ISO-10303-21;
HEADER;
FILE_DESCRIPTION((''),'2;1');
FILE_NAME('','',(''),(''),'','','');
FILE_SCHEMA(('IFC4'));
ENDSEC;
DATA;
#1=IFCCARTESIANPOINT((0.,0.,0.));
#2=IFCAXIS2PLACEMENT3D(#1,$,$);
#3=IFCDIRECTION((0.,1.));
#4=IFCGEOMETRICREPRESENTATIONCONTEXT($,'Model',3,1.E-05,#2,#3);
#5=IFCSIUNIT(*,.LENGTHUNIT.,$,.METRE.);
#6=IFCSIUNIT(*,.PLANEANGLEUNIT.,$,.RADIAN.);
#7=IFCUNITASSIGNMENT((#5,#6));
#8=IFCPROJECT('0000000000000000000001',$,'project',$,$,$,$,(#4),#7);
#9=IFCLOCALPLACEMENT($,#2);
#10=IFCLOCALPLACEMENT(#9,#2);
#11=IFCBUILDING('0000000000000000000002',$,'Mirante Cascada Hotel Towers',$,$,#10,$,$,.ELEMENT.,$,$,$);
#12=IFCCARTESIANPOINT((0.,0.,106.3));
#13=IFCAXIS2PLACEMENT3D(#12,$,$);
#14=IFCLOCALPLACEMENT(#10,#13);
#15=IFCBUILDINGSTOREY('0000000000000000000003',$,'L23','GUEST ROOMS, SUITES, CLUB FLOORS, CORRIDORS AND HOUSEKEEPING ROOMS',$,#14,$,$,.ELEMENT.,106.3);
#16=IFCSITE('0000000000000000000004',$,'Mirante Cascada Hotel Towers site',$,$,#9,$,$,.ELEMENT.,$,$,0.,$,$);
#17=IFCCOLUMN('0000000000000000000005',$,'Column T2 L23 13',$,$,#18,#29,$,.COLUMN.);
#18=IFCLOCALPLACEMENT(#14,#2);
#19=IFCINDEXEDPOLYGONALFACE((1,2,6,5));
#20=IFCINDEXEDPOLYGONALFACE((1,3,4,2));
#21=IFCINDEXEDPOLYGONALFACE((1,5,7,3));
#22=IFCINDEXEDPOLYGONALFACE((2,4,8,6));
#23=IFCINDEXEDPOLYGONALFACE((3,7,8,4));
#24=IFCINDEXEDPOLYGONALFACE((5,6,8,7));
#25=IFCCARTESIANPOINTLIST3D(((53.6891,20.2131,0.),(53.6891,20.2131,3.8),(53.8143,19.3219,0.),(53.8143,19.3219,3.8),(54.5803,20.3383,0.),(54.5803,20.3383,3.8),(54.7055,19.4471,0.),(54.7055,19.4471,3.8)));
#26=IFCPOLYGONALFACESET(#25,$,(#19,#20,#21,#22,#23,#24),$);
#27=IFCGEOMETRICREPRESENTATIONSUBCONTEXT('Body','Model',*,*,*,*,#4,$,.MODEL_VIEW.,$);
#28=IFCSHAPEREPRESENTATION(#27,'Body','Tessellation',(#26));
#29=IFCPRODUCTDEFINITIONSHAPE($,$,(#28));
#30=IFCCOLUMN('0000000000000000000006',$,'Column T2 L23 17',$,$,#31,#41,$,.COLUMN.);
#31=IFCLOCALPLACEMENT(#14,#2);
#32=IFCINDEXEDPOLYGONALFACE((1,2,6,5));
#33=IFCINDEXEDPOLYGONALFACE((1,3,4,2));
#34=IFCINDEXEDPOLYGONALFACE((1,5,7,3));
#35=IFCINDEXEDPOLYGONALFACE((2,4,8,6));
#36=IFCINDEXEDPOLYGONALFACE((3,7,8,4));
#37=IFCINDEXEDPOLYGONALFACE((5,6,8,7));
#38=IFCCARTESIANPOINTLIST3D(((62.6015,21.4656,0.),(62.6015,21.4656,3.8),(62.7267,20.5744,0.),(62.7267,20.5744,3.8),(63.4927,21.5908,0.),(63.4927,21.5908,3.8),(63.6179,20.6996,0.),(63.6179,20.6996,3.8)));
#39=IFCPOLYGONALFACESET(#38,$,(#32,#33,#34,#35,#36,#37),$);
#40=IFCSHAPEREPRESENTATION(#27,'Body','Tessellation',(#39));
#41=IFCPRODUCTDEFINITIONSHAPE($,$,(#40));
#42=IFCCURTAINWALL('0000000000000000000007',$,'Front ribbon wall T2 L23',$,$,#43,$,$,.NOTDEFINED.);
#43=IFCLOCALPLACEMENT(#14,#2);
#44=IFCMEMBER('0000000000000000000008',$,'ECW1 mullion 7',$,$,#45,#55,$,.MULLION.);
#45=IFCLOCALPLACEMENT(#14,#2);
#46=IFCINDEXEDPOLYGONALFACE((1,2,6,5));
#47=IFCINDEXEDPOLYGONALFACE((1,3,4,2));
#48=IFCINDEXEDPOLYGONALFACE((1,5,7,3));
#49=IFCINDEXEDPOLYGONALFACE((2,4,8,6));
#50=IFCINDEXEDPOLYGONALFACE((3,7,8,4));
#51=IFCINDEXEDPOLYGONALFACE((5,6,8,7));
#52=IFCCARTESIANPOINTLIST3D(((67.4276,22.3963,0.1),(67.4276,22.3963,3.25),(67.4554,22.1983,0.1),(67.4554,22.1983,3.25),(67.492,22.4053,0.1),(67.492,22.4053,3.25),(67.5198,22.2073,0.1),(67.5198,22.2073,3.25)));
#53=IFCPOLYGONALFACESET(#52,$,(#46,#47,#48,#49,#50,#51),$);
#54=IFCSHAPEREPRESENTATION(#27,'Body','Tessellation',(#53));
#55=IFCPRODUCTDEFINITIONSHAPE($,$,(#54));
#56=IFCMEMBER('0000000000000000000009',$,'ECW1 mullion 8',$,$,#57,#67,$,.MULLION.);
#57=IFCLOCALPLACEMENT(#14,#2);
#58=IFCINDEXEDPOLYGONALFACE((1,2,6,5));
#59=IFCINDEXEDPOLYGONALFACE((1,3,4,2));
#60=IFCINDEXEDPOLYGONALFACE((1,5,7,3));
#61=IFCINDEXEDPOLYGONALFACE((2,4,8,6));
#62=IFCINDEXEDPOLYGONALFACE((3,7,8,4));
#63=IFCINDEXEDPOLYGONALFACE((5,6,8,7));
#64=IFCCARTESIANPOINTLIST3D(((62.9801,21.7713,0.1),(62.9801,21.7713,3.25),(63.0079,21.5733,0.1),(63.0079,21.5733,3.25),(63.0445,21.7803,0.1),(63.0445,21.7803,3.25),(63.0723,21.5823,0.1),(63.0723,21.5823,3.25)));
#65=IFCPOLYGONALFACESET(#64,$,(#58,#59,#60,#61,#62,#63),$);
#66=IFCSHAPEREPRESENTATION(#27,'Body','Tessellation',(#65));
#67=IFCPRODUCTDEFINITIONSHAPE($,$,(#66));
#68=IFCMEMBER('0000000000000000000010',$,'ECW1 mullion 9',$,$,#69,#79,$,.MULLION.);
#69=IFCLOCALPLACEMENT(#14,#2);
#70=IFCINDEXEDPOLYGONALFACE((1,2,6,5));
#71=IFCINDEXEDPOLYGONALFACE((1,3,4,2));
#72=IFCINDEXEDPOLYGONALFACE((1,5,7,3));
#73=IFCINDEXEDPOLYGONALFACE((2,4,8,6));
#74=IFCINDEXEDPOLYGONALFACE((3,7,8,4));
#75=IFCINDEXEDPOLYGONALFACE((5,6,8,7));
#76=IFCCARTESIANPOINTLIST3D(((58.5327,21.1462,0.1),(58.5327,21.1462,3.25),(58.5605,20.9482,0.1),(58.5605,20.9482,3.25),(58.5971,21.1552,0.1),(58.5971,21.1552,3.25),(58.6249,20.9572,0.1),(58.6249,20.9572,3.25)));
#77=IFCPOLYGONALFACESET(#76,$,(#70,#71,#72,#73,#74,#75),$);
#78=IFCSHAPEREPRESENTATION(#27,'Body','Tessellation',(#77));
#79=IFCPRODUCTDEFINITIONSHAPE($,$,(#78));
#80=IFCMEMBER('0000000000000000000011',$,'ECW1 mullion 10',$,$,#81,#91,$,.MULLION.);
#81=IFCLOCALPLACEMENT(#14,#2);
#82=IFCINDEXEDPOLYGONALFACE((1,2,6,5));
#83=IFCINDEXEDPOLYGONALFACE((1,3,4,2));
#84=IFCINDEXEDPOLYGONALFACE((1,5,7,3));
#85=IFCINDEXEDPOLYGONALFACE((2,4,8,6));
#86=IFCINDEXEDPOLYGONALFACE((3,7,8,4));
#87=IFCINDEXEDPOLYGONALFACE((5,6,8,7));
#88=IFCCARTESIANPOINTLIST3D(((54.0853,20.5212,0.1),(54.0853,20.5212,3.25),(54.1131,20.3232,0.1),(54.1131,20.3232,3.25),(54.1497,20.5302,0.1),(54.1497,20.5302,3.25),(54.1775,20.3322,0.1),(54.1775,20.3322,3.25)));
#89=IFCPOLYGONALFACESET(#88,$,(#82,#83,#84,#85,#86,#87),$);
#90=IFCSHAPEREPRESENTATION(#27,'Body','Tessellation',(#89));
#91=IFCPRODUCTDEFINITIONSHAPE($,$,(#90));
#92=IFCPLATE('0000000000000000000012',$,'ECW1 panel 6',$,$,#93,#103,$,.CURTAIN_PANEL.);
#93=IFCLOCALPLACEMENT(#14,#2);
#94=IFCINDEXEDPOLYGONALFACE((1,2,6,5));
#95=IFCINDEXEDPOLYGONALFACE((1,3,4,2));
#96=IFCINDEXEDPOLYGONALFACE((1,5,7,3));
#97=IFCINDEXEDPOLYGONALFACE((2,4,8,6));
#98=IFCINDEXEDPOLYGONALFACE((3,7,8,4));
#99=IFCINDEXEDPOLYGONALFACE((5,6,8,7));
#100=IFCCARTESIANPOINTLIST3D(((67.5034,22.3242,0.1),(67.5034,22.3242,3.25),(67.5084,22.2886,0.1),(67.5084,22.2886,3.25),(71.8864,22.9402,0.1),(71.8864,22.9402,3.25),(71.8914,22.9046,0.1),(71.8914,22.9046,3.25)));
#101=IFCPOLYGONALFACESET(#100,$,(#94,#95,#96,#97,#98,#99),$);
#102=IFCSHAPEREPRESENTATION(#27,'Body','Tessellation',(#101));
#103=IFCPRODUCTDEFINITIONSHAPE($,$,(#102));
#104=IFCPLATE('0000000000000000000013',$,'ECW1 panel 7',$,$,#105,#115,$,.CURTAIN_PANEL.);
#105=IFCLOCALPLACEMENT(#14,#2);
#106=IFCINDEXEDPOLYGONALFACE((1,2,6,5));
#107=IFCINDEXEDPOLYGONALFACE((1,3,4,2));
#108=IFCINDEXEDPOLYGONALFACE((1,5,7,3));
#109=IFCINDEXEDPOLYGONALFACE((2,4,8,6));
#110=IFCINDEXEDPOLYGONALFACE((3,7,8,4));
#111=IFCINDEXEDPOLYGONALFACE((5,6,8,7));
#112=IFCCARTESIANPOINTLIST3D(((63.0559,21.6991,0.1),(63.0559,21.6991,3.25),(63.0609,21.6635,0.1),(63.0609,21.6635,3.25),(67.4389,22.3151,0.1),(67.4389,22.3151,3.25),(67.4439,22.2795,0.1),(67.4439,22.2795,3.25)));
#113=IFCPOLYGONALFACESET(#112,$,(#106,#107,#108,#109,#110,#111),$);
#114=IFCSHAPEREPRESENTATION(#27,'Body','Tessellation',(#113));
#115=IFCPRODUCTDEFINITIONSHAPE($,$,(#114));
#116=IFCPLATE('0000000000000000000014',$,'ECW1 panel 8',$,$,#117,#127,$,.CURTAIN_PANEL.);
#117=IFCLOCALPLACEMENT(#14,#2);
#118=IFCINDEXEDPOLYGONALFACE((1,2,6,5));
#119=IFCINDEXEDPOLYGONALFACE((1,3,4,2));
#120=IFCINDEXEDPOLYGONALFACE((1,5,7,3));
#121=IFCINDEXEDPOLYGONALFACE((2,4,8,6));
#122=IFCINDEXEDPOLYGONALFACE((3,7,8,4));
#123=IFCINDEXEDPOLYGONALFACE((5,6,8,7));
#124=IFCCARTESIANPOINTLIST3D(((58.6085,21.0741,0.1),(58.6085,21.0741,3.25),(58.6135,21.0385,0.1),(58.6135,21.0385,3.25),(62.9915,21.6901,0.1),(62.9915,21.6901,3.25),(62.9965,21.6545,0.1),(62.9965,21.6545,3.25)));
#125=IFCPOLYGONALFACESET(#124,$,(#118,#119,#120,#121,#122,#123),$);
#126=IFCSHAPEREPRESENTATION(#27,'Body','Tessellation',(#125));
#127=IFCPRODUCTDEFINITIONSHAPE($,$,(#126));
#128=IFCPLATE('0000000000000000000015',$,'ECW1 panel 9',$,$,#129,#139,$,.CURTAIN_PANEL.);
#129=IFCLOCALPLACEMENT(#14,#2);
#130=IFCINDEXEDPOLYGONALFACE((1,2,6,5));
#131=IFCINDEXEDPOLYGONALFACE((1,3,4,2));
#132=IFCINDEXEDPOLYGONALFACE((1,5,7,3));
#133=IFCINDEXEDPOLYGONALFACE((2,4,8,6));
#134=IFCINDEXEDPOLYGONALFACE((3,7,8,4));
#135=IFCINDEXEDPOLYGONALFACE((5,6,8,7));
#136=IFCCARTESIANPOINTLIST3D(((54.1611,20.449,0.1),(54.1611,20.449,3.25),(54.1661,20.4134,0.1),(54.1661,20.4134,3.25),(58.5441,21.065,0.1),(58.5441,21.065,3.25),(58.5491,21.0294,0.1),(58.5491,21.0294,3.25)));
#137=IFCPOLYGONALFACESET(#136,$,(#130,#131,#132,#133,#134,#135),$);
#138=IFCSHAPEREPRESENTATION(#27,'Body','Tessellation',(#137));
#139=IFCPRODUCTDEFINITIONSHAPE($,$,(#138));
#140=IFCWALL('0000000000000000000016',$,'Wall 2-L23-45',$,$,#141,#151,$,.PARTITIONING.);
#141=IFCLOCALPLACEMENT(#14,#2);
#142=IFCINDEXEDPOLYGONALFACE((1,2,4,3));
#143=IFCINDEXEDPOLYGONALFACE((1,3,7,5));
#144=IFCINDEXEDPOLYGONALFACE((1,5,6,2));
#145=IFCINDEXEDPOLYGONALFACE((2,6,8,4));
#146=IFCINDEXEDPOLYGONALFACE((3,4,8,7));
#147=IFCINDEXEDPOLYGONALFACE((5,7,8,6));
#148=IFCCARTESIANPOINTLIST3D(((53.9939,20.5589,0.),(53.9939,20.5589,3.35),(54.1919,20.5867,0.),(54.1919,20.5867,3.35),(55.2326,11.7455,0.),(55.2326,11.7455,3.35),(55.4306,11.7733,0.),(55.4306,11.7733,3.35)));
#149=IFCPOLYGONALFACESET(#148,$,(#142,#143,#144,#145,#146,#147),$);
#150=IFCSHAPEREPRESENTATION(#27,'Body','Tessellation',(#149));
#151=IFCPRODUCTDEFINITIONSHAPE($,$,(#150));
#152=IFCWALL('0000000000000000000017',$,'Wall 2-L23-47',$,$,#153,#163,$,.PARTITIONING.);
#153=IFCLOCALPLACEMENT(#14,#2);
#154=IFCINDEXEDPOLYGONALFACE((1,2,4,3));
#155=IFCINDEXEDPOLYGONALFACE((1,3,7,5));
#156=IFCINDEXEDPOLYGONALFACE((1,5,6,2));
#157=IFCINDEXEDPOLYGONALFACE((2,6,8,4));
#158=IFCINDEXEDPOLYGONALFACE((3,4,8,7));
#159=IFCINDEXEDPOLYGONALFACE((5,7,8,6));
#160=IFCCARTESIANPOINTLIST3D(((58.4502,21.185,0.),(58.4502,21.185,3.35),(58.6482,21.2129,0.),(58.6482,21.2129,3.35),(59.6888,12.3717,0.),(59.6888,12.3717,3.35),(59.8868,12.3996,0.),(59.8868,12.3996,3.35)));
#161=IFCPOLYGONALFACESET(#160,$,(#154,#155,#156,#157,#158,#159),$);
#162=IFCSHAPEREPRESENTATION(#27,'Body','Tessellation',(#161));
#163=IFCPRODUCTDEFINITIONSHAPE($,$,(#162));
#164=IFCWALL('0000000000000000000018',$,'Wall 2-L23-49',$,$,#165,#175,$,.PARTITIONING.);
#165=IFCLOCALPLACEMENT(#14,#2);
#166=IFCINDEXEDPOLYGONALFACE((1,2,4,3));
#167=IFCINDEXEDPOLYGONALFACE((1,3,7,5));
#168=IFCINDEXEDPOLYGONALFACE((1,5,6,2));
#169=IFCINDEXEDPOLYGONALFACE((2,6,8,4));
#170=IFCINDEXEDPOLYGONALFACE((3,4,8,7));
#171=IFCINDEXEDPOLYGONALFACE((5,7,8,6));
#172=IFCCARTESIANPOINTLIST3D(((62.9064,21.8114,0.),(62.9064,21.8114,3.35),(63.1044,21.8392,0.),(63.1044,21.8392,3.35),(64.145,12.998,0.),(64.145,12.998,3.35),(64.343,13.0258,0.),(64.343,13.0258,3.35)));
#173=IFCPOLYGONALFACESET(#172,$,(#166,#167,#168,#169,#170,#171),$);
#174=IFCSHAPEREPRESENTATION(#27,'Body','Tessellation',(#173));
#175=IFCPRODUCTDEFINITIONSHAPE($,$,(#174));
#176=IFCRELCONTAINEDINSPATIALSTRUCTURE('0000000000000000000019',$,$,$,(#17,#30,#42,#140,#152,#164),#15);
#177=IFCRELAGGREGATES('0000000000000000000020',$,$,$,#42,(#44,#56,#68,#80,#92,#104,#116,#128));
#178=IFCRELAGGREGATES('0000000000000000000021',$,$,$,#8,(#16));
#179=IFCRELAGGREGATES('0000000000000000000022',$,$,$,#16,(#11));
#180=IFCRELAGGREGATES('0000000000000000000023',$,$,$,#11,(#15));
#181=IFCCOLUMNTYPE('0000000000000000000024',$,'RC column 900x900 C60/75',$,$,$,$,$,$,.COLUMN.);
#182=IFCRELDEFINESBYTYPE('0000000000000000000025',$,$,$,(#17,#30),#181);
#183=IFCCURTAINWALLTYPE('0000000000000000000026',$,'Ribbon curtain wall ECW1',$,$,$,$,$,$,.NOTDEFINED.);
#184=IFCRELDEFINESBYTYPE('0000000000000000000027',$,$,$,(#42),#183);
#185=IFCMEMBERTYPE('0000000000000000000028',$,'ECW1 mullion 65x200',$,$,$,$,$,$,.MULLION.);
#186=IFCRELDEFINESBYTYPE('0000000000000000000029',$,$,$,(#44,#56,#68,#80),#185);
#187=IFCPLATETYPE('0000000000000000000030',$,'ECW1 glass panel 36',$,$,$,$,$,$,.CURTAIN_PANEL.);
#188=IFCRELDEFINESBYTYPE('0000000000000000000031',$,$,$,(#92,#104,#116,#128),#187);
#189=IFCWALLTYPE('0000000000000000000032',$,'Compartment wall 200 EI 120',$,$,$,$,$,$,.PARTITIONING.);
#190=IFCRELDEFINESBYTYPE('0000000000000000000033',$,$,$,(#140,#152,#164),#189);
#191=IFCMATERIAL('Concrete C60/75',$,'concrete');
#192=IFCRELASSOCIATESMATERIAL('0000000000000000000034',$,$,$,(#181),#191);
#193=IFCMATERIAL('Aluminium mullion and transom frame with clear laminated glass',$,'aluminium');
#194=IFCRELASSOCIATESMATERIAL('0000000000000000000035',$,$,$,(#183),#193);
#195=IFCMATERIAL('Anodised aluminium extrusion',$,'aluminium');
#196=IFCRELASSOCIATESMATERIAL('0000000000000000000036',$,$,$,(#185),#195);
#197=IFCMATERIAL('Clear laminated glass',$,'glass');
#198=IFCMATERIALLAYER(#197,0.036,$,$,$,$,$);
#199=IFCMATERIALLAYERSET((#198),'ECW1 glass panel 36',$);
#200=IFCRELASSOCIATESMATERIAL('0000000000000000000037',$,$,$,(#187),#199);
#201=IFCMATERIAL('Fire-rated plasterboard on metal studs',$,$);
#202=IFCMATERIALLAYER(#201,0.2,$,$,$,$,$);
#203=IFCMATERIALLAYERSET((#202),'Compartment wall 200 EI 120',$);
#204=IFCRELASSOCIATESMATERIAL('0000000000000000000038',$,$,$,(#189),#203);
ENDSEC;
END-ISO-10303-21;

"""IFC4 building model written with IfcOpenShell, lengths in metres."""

from ifc_helpers import new_model, si_unit, direction, frame, frame_2d, origin, origin_2d, place, context, subcontext, project, spatial, rectangle, extrude, material, layer, layer_set, material_profile, profile_set, type_object, element, aggregate, save


model = new_model("IFC4")

# Units and contexts
model_context = context("Model", 3, precision=1e-05, world=origin(), true_north=direction((0.0, 1.0)))
body_context = subcontext(model_context, "Body", "Model", "MODEL_VIEW")
ifc_project = project(units=[si_unit("LENGTHUNIT", "METRE"), si_unit("PLANEANGLEUNIT", "RADIAN")], contexts=[model_context])

# Site, building, storey
site_placement = place(None, origin())
site = spatial("IfcSite", under=ifc_project, at=site_placement, Name="Mirante Cascada Hotel Towers site", CompositionType="ELEMENT", RefElevation=0.0)
building_placement = place(site_placement, origin())
building = spatial("IfcBuilding", under=site, at=building_placement, Name="Mirante Cascada Hotel Towers", CompositionType="ELEMENT")
storey_placement = place(building_placement, frame((0.0, 0.0, 106.3)))
storey = spatial("IfcBuildingStorey", under=building, at=storey_placement, Name="L23", Description="GUEST ROOMS, SUITES, CLUB FLOORS, CORRIDORS AND HOUSEKEEPING ROOMS", CompositionType="ELEMENT", Elevation=106.3)

# Columns
ifc_material_1 = material(Name="Concrete C60/75", Category="concrete")
ifc_material_profile_1 = material_profile(ifc_material_1, rectangle(XDim=0.9, YDim=0.9, at=origin_2d()), Name="RC column 900x900 C60/75")
ifc_profile_set_1 = profile_set([ifc_material_profile_1], Name="Concrete C60/75")
column_type = type_object("IfcColumnType", Name="RC column 900x900 C60/75", PredefinedType="COLUMN", material=ifc_profile_set_1)
for number, where, z_axis, x_axis, name in (
    (1, (54.1973, 19.8301, 0.0), (0.0, 0.0, 1.0), (0.990268, 0.139173, 0.0), "Column T2 L23 13"),
    (2, (63.1097, 21.0826, 0.0), (0.0, 0.0, 1.0), (0.990268, 0.139173, 0.0), "Column T2 L23 17"),
):
    element("IfcColumn", number, at=place(storey_placement, frame(where, z_axis=z_axis, x_axis=x_axis)), inside=storey, type_object=column_type, Name=name, PredefinedType="COLUMN", context=body_context, shape_type="SweptSolid", body=[
        extrude(rectangle(XDim=0.9, YDim=0.9, at=origin_2d()), origin(), (0.0, 0.0, 1.0), 3.8),
    ])

# Curtain wall, members, plates
ifc_material_2 = material(Name="Aluminium mullion and transom frame with clear laminated glass", Category="aluminium")
curtain_wall_type = type_object("IfcCurtainWallType", Name="Ribbon curtain wall ECW1", PredefinedType="NOTDEFINED", material=ifc_material_2)
curtain_wall_placement = place(storey_placement, origin())
curtain_wall = element("IfcCurtainWall", 3, at=curtain_wall_placement, inside=storey, type_object=curtain_wall_type, Name="Front ribbon wall T2 L23", PredefinedType="NOTDEFINED")
ifc_material_3 = material(Name="Anodised aluminium extrusion", Category="aluminium")
ifc_material_profile_2 = material_profile(ifc_material_3, rectangle(XDim=0.2, YDim=0.065, at=origin_2d()), Name="ECW1 MULLION 65x200")
ifc_profile_set_2 = profile_set([ifc_material_profile_2], Name="Anodised aluminium extrusion")
member_type = type_object("IfcMemberType", Name="ECW1 mullion 65x200", PredefinedType="MULLION", material=ifc_profile_set_2)
member_1_placement = place(storey_placement, frame((67.4737, 22.3018, 0.1), z_axis=(0.0, 0.0, 1.0), x_axis=(0.139173, -0.990268, 0.0)))
member_1 = element("IfcMember", 4, at=member_1_placement, type_object=member_type, Name="ECW1 mullion 7", PredefinedType="MULLION", context=body_context, shape_type="SweptSolid", body=[
    extrude(rectangle(XDim=0.2, YDim=0.065, at=origin_2d()), origin(), (0.0, 0.0, 1.0), 3.15),
])
member_2_placement = place(storey_placement, frame((63.0262, 21.6768, 0.1), z_axis=(0.0, 0.0, 1.0), x_axis=(0.139173, -0.990268, 0.0)))
member_2 = element("IfcMember", 5, at=member_2_placement, type_object=member_type, Name="ECW1 mullion 8", PredefinedType="MULLION", context=body_context, shape_type="SweptSolid", body=[
    extrude(rectangle(XDim=0.2, YDim=0.065, at=origin_2d()), origin(), (0.0, 0.0, 1.0), 3.15),
])
member_3_placement = place(storey_placement, frame((58.5788, 21.0517, 0.1), z_axis=(0.0, 0.0, 1.0), x_axis=(0.139173, -0.990268, 0.0)))
member_3 = element("IfcMember", 6, at=member_3_placement, type_object=member_type, Name="ECW1 mullion 9", PredefinedType="MULLION", context=body_context, shape_type="SweptSolid", body=[
    extrude(rectangle(XDim=0.2, YDim=0.065, at=origin_2d()), origin(), (0.0, 0.0, 1.0), 3.15),
])
member_4_placement = place(storey_placement, frame((54.1314, 20.4267, 0.1), z_axis=(0.0, 0.0, 1.0), x_axis=(0.139173, -0.990268, 0.0)))
member_4 = element("IfcMember", 7, at=member_4_placement, type_object=member_type, Name="ECW1 mullion 10", PredefinedType="MULLION", context=body_context, shape_type="SweptSolid", body=[
    extrude(rectangle(XDim=0.2, YDim=0.065, at=origin_2d()), origin(), (0.0, 0.0, 1.0), 3.15),
])
ifc_material_4 = material(Name="Clear laminated glass", Category="glass")
ifc_layer_1 = layer(ifc_material_4, 0.036)
ifc_layer_set_1 = layer_set([ifc_layer_1], Name="ECW1 glass panel 36")
plate_type = type_object("IfcPlateType", Name="ECW1 glass panel 36", PredefinedType="CURTAIN_PANEL", material=ifc_layer_set_1)
plate_1_placement = place(storey_placement, frame((69.6974, 22.6144, 0.1), z_axis=(0.0, 0.0, 1.0), x_axis=(-0.990268, -0.139173, 0.0)))
plate_1 = element("IfcPlate", 8, at=plate_1_placement, type_object=plate_type, Name="ECW1 panel 6", PredefinedType="CURTAIN_PANEL", context=body_context, shape_type="SweptSolid", body=[
    extrude(rectangle(XDim=4.4261, YDim=0.036, at=origin_2d()), origin(), (0.0, 0.0, 1.0), 3.15),
])
plate_2_placement = place(storey_placement, frame((65.2499, 21.9893, 0.1), z_axis=(0.0, 0.0, 1.0), x_axis=(-0.990268, -0.139173, 0.0)))
plate_2 = element("IfcPlate", 9, at=plate_2_placement, type_object=plate_type, Name="ECW1 panel 7", PredefinedType="CURTAIN_PANEL", context=body_context, shape_type="SweptSolid", body=[
    extrude(rectangle(XDim=4.4261, YDim=0.036, at=origin_2d()), origin(), (0.0, 0.0, 1.0), 3.15),
])
plate_3_placement = place(storey_placement, frame((60.8025, 21.3643, 0.1), z_axis=(0.0, 0.0, 1.0), x_axis=(-0.990268, -0.139173, 0.0)))
plate_3 = element("IfcPlate", 10, at=plate_3_placement, type_object=plate_type, Name="ECW1 panel 8", PredefinedType="CURTAIN_PANEL", context=body_context, shape_type="SweptSolid", body=[
    extrude(rectangle(XDim=4.4261, YDim=0.036, at=origin_2d()), origin(), (0.0, 0.0, 1.0), 3.15),
])
plate_4_placement = place(storey_placement, frame((56.3551, 20.7392, 0.1), z_axis=(0.0, 0.0, 1.0), x_axis=(-0.990268, -0.139173, 0.0)))
plate_4 = element("IfcPlate", 11, at=plate_4_placement, type_object=plate_type, Name="ECW1 panel 9", PredefinedType="CURTAIN_PANEL", context=body_context, shape_type="SweptSolid", body=[
    extrude(rectangle(XDim=4.4261, YDim=0.036, at=origin_2d()), origin(), (0.0, 0.0, 1.0), 3.15),
])
aggregate(curtain_wall, [member_1, member_2, member_3, member_4, plate_1, plate_2, plate_3, plate_4])

# Walls
ifc_material_5 = material(Name="Fire-rated plasterboard on metal studs")
ifc_layer_2 = layer(ifc_material_5, 0.2)
ifc_layer_set_2 = layer_set([ifc_layer_2], Name="Compartment wall 200 EI 120")
wall_type_1 = type_object("IfcWallType", Name="Compartment wall 200 EI 120", PredefinedType="PARTITIONING", material=ifc_layer_set_2)
wall_1_placement = place(storey_placement, frame((54.0929, 20.5728, 0.0), z_axis=(0.0, 0.0, 1.0), x_axis=(0.139179, -0.990267, 0.0)))
element("IfcWall", 12, at=wall_1_placement, inside=storey, type_object=wall_type_1, Name="Wall 2-L23-45", PredefinedType="PARTITIONING", context=body_context, shape_type="SweptSolid", body=[
    extrude(rectangle(XDim=8.9, YDim=0.2, at=frame_2d((4.45, 0.0))), origin(), (0.0, 0.0, 1.0), 3.35),
])
wall_2_placement = place(storey_placement, frame((58.5492, 21.199, 0.0), z_axis=(0.0, 0.0, 1.0), x_axis=(0.13917, -0.990268, 0.0)))
element("IfcWall", 13, at=wall_2_placement, inside=storey, type_object=wall_type_1, Name="Wall 2-L23-47", PredefinedType="PARTITIONING", context=body_context, shape_type="SweptSolid", body=[
    extrude(rectangle(XDim=8.8999, YDim=0.2, at=frame_2d((4.45, 0.0))), origin(), (0.0, 0.0, 1.0), 3.35),
])
wall_3_placement = place(storey_placement, frame((63.0054, 21.8253, 0.0), z_axis=(0.0, 0.0, 1.0), x_axis=(0.139168, -0.990269, 0.0)))
element("IfcWall", 14, at=wall_3_placement, inside=storey, type_object=wall_type_1, Name="Wall 2-L23-49", PredefinedType="PARTITIONING", context=body_context, shape_type="SweptSolid", body=[
    extrude(rectangle(XDim=8.9, YDim=0.2, at=frame_2d((4.45, 0.0))), origin(), (0.0, 0.0, 1.0), 3.35),
])

save(model, "model.ifc")
